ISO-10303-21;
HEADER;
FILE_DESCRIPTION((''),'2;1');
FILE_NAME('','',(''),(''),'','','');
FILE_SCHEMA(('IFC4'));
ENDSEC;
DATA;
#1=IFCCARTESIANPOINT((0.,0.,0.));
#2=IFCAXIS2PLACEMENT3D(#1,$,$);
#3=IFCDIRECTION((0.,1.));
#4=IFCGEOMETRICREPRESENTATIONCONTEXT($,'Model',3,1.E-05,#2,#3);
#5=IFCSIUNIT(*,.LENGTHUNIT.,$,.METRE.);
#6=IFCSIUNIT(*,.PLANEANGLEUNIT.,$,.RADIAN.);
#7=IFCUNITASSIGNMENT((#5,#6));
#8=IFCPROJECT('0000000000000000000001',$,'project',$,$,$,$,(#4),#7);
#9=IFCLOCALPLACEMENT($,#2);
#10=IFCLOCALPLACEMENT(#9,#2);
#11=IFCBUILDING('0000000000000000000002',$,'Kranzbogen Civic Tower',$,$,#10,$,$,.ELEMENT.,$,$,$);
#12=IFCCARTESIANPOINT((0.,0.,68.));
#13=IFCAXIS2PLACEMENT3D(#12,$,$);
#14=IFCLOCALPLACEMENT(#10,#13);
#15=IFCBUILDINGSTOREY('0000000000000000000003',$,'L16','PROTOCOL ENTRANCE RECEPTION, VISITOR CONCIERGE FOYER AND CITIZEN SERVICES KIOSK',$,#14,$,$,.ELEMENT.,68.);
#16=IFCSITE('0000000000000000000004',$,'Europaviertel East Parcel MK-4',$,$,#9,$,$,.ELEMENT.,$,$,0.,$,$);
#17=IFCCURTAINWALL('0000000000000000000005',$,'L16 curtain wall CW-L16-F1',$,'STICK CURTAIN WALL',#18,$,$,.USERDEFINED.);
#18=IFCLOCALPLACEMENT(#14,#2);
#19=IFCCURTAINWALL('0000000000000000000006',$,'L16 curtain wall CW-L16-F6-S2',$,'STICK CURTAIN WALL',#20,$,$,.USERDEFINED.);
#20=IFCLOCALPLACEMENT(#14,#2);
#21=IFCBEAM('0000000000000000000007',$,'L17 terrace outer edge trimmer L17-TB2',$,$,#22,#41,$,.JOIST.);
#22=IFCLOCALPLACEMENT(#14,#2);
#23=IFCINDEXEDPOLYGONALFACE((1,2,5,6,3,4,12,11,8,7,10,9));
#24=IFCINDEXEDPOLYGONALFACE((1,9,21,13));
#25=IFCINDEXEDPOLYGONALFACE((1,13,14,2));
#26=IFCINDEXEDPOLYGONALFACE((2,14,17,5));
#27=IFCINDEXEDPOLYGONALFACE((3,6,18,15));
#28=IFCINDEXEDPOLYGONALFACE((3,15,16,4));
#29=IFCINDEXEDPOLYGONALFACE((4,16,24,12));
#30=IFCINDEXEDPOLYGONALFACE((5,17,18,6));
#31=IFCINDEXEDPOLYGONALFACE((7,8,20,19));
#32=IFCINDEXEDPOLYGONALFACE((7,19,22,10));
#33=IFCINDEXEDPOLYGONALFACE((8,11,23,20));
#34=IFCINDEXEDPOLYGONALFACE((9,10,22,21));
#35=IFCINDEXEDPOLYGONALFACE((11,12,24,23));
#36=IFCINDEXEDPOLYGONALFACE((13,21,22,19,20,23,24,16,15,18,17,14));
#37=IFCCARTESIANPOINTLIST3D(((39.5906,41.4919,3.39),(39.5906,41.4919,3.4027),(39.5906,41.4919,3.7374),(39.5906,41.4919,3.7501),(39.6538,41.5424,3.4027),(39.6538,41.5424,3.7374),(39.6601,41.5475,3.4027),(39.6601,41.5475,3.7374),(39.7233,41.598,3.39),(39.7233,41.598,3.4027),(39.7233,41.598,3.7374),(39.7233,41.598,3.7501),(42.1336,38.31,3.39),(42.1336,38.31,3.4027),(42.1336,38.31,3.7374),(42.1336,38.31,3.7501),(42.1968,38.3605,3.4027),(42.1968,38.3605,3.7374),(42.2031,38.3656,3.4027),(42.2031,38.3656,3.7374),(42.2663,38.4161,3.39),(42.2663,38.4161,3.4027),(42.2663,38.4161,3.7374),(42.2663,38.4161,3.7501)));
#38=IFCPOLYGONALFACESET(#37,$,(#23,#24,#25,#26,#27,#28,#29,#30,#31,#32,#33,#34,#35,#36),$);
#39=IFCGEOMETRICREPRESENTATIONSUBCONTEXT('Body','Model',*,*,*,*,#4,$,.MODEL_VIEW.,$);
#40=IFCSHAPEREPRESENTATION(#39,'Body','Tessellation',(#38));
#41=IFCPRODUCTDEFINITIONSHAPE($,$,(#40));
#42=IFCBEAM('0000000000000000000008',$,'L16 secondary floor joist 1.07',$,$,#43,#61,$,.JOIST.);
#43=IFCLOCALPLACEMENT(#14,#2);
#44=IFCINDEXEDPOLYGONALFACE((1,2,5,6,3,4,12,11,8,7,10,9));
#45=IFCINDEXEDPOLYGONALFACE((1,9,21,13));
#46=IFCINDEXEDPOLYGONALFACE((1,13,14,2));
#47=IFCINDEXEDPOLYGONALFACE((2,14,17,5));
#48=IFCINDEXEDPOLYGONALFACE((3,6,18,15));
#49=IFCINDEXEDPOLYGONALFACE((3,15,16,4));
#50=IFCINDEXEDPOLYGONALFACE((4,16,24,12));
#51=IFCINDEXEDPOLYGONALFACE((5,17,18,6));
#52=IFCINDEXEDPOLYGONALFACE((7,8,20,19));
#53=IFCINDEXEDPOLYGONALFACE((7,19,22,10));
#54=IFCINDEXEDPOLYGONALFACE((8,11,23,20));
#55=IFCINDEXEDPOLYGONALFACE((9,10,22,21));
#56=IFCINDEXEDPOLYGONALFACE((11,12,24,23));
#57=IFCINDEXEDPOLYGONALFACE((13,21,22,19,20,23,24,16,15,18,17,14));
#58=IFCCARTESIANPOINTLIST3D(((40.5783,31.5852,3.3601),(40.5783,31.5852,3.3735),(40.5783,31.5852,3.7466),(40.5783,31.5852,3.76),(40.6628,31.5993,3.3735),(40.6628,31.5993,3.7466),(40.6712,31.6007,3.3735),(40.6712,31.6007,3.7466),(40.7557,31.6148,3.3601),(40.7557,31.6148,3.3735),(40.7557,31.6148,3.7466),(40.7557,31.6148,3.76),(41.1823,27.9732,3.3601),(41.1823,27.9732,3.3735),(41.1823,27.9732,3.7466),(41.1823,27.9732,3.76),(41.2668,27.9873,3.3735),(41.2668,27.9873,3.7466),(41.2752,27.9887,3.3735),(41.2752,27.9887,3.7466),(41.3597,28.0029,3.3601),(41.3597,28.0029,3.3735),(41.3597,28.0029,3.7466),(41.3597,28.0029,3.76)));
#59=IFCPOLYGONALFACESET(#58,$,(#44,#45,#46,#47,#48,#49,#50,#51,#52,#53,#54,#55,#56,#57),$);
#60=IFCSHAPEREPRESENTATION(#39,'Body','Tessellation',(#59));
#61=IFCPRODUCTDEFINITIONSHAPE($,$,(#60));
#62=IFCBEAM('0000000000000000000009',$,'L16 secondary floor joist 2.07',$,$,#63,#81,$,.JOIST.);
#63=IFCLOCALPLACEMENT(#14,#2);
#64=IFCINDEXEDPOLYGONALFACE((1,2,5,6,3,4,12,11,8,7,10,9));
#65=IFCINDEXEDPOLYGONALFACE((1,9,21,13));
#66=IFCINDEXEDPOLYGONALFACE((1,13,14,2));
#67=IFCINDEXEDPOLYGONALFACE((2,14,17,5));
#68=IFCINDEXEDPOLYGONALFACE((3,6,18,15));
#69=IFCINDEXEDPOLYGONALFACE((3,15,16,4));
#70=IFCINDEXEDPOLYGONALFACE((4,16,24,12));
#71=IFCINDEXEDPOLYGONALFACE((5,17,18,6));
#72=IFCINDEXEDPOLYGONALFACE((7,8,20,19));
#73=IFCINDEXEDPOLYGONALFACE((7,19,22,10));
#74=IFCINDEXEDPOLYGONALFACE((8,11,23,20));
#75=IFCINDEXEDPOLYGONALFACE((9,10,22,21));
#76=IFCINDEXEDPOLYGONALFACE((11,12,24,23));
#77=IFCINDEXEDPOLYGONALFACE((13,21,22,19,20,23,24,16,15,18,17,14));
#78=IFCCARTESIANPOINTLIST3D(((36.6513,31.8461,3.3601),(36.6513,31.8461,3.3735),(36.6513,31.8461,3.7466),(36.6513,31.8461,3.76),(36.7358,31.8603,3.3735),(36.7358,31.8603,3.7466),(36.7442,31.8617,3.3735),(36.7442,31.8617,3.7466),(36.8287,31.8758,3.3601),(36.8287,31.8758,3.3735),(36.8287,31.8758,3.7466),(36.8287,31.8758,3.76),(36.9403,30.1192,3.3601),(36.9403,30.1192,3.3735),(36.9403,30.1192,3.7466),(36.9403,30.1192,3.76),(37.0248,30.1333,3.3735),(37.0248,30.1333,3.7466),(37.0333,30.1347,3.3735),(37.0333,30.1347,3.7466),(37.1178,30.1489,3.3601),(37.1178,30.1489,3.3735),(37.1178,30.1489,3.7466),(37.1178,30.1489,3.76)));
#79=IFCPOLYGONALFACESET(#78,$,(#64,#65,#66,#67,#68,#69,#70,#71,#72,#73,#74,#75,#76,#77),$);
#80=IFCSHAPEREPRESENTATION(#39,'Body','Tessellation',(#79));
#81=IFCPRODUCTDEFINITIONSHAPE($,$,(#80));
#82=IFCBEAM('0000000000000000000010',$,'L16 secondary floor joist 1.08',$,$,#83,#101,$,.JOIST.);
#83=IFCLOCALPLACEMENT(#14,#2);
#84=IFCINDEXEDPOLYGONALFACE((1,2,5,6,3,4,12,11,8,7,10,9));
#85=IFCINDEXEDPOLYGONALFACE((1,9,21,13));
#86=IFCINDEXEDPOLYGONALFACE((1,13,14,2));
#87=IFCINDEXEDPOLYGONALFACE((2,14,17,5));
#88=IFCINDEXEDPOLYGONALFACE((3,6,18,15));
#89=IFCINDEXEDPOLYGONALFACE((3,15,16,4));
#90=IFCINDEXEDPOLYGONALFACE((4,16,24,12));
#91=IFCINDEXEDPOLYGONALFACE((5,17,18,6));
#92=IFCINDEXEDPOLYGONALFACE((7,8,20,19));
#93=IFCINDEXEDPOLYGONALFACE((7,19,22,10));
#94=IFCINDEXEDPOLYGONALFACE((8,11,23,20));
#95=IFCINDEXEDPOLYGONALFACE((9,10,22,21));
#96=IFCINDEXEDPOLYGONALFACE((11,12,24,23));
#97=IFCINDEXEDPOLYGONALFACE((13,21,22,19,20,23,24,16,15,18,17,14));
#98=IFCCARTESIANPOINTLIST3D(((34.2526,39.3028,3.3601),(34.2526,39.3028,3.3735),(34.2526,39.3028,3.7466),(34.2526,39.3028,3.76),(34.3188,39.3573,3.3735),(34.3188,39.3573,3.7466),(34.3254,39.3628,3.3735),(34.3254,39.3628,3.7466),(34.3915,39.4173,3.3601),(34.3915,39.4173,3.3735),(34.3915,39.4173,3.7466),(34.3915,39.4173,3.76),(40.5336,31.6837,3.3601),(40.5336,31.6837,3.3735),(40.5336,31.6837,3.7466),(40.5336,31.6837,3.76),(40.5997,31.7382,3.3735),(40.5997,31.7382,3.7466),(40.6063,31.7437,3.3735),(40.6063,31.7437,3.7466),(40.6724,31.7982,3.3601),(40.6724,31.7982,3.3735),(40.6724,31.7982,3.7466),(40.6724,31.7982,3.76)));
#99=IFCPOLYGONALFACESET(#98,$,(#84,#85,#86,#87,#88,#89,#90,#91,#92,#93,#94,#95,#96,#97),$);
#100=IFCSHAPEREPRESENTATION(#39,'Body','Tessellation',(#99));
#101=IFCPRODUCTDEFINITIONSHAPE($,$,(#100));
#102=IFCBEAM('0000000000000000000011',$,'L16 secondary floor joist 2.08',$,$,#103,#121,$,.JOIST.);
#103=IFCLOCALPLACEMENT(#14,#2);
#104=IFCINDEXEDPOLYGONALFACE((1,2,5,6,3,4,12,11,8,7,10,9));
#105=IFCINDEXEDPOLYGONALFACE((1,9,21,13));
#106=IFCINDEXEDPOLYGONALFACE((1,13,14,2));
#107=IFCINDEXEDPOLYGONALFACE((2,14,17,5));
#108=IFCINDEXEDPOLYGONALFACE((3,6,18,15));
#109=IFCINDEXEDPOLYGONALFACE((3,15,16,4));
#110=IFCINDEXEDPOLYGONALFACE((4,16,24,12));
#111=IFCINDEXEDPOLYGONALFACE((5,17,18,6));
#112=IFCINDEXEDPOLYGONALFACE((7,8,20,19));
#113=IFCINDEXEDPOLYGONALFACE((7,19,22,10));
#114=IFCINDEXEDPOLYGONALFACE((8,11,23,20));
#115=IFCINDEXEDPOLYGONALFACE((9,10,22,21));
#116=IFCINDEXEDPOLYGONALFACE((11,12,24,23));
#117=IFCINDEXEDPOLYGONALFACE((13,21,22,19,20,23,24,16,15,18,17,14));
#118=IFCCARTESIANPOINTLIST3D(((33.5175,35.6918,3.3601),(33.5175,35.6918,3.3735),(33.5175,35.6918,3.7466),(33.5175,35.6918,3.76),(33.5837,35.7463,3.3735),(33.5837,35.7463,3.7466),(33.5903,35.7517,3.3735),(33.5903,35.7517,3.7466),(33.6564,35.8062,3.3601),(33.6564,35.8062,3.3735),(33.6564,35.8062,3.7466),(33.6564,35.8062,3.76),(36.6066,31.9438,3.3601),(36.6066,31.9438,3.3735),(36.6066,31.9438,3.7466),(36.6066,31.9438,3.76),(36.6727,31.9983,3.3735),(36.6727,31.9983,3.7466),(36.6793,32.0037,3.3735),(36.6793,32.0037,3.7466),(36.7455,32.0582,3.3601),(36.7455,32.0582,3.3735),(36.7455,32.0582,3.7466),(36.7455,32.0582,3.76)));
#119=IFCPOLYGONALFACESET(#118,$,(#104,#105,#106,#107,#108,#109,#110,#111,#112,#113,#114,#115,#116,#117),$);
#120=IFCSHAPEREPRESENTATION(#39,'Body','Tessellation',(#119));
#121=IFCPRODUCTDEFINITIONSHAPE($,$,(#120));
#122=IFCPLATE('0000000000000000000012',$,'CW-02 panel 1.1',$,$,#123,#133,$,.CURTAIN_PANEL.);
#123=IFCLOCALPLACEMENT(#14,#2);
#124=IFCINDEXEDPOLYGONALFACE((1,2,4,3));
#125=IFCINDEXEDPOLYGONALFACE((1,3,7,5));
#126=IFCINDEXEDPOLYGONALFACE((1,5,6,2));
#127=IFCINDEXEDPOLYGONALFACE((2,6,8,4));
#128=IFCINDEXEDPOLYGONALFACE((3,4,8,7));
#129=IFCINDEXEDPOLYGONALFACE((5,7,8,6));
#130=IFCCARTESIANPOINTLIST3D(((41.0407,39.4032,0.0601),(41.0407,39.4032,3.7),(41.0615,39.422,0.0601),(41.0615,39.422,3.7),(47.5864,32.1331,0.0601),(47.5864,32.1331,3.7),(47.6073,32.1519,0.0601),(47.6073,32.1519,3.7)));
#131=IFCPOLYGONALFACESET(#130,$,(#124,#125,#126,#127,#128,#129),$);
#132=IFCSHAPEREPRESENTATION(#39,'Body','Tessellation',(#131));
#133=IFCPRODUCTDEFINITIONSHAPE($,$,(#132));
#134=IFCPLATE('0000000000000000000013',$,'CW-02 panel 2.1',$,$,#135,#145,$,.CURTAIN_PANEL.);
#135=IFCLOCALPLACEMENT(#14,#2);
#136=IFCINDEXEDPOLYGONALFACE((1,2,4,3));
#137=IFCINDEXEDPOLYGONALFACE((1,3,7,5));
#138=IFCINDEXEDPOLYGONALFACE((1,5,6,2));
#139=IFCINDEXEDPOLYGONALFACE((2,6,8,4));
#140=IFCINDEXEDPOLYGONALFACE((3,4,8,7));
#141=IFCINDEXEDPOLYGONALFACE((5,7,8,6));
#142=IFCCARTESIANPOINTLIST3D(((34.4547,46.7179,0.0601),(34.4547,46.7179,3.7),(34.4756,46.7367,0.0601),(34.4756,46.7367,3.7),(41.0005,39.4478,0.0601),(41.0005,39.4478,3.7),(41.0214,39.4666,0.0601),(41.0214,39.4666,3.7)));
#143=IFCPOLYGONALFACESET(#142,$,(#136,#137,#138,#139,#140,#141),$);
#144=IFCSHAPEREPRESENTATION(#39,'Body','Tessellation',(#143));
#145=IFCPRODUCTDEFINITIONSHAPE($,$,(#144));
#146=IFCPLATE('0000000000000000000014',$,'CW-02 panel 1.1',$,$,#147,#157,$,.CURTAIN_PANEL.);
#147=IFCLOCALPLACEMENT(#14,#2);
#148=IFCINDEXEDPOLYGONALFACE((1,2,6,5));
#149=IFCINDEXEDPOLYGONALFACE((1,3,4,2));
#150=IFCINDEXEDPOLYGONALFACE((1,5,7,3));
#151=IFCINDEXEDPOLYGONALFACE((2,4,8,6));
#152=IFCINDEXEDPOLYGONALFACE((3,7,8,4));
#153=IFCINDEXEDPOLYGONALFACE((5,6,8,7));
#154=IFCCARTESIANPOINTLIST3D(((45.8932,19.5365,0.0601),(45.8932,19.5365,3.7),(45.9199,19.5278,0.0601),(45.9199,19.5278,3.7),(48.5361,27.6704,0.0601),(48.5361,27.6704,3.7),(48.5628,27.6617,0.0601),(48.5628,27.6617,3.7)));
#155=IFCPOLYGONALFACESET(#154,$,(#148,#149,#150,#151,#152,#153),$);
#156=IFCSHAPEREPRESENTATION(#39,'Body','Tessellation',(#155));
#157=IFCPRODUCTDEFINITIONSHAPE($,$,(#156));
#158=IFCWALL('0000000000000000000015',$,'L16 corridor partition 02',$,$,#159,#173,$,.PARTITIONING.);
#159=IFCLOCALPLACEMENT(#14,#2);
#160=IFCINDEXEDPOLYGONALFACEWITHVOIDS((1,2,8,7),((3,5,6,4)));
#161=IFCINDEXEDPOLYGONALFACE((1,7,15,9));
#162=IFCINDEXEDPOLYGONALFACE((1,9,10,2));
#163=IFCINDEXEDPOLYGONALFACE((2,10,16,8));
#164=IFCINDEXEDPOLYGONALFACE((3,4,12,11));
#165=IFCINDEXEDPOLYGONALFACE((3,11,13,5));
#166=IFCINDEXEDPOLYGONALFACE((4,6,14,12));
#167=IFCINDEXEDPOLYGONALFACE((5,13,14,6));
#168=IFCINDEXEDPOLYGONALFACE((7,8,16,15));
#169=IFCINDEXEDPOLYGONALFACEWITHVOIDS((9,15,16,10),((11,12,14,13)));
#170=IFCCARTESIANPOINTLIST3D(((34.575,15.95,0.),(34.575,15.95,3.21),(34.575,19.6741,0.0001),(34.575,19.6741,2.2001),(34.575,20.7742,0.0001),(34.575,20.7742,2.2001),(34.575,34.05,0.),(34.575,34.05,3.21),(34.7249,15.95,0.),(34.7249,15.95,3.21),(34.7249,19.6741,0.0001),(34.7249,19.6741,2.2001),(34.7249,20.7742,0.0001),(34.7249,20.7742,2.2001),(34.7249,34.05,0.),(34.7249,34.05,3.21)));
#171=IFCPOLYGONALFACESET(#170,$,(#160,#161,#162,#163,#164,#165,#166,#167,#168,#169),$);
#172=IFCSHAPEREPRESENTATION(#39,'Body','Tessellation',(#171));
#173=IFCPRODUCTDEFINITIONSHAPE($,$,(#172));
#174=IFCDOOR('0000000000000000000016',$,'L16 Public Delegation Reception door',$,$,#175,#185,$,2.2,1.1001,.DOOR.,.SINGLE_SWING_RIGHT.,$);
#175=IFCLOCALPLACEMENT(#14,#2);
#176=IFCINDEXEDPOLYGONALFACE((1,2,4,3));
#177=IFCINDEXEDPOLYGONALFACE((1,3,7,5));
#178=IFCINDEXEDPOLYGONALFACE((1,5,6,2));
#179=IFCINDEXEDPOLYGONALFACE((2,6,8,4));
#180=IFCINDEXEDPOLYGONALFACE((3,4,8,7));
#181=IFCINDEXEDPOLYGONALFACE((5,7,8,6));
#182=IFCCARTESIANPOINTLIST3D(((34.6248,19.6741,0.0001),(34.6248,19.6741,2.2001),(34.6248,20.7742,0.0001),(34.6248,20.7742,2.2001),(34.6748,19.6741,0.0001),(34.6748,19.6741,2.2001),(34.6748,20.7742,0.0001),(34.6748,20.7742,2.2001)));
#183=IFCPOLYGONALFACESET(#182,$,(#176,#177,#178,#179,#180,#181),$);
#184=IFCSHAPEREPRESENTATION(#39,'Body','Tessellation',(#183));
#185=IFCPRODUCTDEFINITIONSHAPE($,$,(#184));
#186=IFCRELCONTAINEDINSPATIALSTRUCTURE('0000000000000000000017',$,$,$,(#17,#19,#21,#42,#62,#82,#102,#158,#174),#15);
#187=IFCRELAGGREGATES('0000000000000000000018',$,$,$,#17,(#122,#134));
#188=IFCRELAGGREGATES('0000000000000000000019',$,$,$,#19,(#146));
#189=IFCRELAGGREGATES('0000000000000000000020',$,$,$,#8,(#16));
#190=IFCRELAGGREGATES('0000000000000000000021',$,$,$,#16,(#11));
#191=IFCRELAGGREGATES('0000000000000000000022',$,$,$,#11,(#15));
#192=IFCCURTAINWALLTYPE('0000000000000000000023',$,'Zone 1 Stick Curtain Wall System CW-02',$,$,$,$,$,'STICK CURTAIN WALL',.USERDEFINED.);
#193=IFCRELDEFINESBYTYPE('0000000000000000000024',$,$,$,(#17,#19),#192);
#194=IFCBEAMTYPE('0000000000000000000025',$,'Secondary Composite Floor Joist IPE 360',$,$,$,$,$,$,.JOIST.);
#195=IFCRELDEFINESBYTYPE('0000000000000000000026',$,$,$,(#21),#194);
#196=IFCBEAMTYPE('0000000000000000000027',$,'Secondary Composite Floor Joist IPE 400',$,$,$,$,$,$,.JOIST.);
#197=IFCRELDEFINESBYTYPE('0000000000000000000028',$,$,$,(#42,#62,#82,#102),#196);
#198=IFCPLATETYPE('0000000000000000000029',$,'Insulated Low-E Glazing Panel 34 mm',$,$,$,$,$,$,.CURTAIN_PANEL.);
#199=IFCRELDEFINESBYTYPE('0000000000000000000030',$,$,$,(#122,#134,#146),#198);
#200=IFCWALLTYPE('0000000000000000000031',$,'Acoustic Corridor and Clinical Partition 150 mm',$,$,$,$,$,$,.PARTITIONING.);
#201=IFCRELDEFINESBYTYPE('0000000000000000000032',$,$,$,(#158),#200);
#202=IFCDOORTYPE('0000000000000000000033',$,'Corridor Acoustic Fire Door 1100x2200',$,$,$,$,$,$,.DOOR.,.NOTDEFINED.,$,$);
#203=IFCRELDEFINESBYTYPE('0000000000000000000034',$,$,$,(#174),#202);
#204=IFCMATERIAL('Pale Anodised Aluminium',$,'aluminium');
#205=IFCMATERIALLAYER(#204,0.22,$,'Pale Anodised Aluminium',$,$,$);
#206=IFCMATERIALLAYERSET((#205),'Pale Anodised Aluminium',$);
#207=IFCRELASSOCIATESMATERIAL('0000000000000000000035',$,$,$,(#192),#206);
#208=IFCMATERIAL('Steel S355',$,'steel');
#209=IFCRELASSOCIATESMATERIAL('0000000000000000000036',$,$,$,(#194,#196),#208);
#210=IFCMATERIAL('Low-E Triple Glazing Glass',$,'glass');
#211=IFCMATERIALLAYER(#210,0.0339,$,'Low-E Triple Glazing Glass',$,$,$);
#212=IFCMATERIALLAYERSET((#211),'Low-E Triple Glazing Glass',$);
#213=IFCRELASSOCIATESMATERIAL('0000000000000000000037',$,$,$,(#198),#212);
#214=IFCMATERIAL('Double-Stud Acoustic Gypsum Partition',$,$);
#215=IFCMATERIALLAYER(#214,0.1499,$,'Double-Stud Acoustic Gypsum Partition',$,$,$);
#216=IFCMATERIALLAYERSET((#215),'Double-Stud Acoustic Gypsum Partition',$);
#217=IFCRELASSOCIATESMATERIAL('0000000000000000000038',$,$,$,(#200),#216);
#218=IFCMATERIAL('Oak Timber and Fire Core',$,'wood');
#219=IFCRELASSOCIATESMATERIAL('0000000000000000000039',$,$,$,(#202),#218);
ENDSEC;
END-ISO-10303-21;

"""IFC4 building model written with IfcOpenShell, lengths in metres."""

from ifc_helpers import new_model, si_unit, direction, frame, frame_2d, origin, origin_2d, place, context, subcontext, project, spatial, rectangle, i_section, extrude, material, layer, layer_set, material_profile, profile_set, type_object, element, fill, aggregate, save


model = new_model("IFC4")

# Units and contexts
model_context = context("Model", 3, precision=1e-05, world=origin(), true_north=direction((0.0, 1.0)))
body_context = subcontext(model_context, "Body", "Model", "MODEL_VIEW")
ifc_project = project(units=[si_unit("LENGTHUNIT", "METRE"), si_unit("PLANEANGLEUNIT", "RADIAN")], contexts=[model_context])

# Site, building, storey
site_placement = place(None, origin())
site = spatial("IfcSite", under=ifc_project, at=site_placement, Name="Europaviertel East Parcel MK-4", CompositionType="ELEMENT", RefElevation=0.0)
building_placement = place(site_placement, origin())
building = spatial("IfcBuilding", under=site, at=building_placement, Name="Kranzbogen Civic Tower", CompositionType="ELEMENT")
storey_placement = place(building_placement, frame((0.0, 0.0, 68.0)))
storey = spatial("IfcBuildingStorey", under=building, at=storey_placement, Name="L16", Description="PROTOCOL ENTRANCE RECEPTION, VISITOR CONCIERGE FOYER AND CITIZEN SERVICES KIOSK", CompositionType="ELEMENT", Elevation=68.0)

# Shared definitions
ifc_material_1 = material(Name="Steel S355", Category="steel")

# Curtain wall
ifc_material_2 = material(Name="Pale Anodised Aluminium", Category="aluminium")
ifc_layer_1 = layer(ifc_material_2, 0.22, Name="Pale Anodised Aluminium")
ifc_layer_set_1 = layer_set([ifc_layer_1], Name="Pale Anodised Aluminium")
curtain_wall_type = type_object("IfcCurtainWallType", Name="Zone 1 Stick Curtain Wall System CW-02", ElementType="STICK CURTAIN WALL", PredefinedType="USERDEFINED", material=ifc_layer_set_1)
curtain_wall_1_placement = place(storey_placement, origin())
curtain_wall_1 = element("IfcCurtainWall", 1, at=curtain_wall_1_placement, inside=storey, type_object=curtain_wall_type, Name="L16 curtain wall CW-L16-F1", ObjectType="STICK CURTAIN WALL", PredefinedType="USERDEFINED")

# Curtain wall
curtain_wall_2_placement = place(storey_placement, origin())
curtain_wall_2 = element("IfcCurtainWall", 2, at=curtain_wall_2_placement, inside=storey, type_object=curtain_wall_type, Name="L16 curtain wall CW-L16-F6-S2", ObjectType="STICK CURTAIN WALL", PredefinedType="USERDEFINED")

# Beams
ifc_material_profile_1 = material_profile(ifc_material_1, i_section(OverallWidth=0.1699, OverallDepth=0.3601, WebThickness=0.0081, FlangeThickness=0.0127, at=origin_2d()), Name="IPE 360")
ifc_profile_set_1 = profile_set([ifc_material_profile_1], Name="Steel S355")
beam_type_1 = type_object("IfcBeamType", Name="Secondary Composite Floor Joist IPE 360", PredefinedType="JOIST", material=ifc_profile_set_1)
beam_1_placement = place(storey_placement, frame((42.2, 38.363, 3.5701), z_axis=(-0.624315, 0.781173, 0.0), x_axis=(-0.781173, -0.624315, 0.0)))
element("IfcBeam", 3, at=beam_1_placement, inside=storey, type_object=beam_type_1, Name="L17 terrace outer edge trimmer L17-TB2", PredefinedType="JOIST", context=body_context, shape_type="SweptSolid", body=[
    extrude(i_section(OverallWidth=0.1699, OverallDepth=0.3601, WebThickness=0.0081, FlangeThickness=0.0127, at=origin_2d()), origin(), (0.0, 0.0, 1.0), 4.0732),
])
ifc_material_profile_2 = material_profile(ifc_material_1, i_section(OverallWidth=0.1799, OverallDepth=0.3999, WebThickness=0.0085, FlangeThickness=0.0134, at=origin_2d()), Name="IPE 400")
ifc_profile_set_2 = profile_set([ifc_material_profile_2], Name="Steel S355")
beam_type_2 = type_object("IfcBeamType", Name="Secondary Composite Floor Joist IPE 400", PredefinedType="JOIST", material=ifc_profile_set_2)
beam_2_placement = place(storey_placement, frame((41.271, 27.988, 3.5601), z_axis=(-0.164929, 0.986305, 0.0), x_axis=(-0.986305, -0.164929, 0.0)))
element("IfcBeam", 4, at=beam_2_placement, inside=storey, type_object=beam_type_2, Name="L16 secondary floor joist 1.07", PredefinedType="JOIST", context=body_context, shape_type="SweptSolid", body=[
    extrude(i_section(OverallWidth=0.1799, OverallDepth=0.3999, WebThickness=0.0085, FlangeThickness=0.0134, at=origin_2d()), origin(), (0.0, 0.0, 1.0), 3.6621),
])
beam_3_placement = place(storey_placement, frame((37.0291, 30.134, 3.5601), z_axis=(-0.165077, 0.986281, 0.0), x_axis=(-0.986281, -0.165077, 0.0)))
element("IfcBeam", 5, at=beam_3_placement, inside=storey, type_object=beam_type_2, Name="L16 secondary floor joist 2.07", PredefinedType="JOIST", context=body_context, shape_type="SweptSolid", body=[
    extrude(i_section(OverallWidth=0.1799, OverallDepth=0.3999, WebThickness=0.0085, FlangeThickness=0.0134, at=origin_2d()), origin(), (0.0, 0.0, 1.0), 1.751),
])
beam_4_placement = place(storey_placement, frame((40.603, 31.741, 3.5601), z_axis=(-0.636095, 0.771611, 0.0), x_axis=(-0.771611, -0.636095, 0.0)))
element("IfcBeam", 6, at=beam_4_placement, inside=storey, type_object=beam_type_2, Name="L16 secondary floor joist 1.08", PredefinedType="JOIST", context=body_context, shape_type="SweptSolid", body=[
    extrude(i_section(OverallWidth=0.1799, OverallDepth=0.3999, WebThickness=0.0085, FlangeThickness=0.0134, at=origin_2d()), origin(), (0.0, 0.0, 1.0), 9.8743),
])
beam_5_placement = place(storey_placement, frame((36.676, 32.001, 3.5601), z_axis=(-0.636012, 0.771679, 0.0), x_axis=(-0.771679, -0.636012, 0.0)))
element("IfcBeam", 7, at=beam_5_placement, inside=storey, type_object=beam_type_2, Name="L16 secondary floor joist 2.08", PredefinedType="JOIST", context=body_context, shape_type="SweptSolid", body=[
    extrude(i_section(OverallWidth=0.1799, OverallDepth=0.3999, WebThickness=0.0085, FlangeThickness=0.0134, at=origin_2d()), origin(), (0.0, 0.0, 1.0), 4.8569),
])

# Plates
ifc_material_3 = material(Name="Low-E Triple Glazing Glass", Category="glass")
ifc_layer_2 = layer(ifc_material_3, 0.0339, Name="Low-E Triple Glazing Glass")
ifc_layer_set_2 = layer_set([ifc_layer_2], Name="Low-E Triple Glazing Glass")
plate_type = type_object("IfcPlateType", Name="Insulated Low-E Glazing Panel 34 mm", PredefinedType="CURTAIN_PANEL", material=ifc_layer_set_2)
plate_1_placement = place(storey_placement, frame((44.324, 35.7776, 0.0601), z_axis=(0.0, 0.0, 1.0), x_axis=(-0.669116, 0.743158, 0.0)))
plate_1 = element("IfcPlate", 8, at=plate_1_placement, type_object=plate_type, Name="CW-02 panel 1.1", PredefinedType="CURTAIN_PANEL", context=body_context, shape_type="SweptSolid", body=[
    extrude(rectangle(XDim=9.7827, YDim=0.0281, at=origin_2d()), origin(), (0.0, 0.0, 1.0), 3.6399),
])
plate_2_placement = place(storey_placement, frame((37.738, 43.0923, 0.0601), z_axis=(0.0, 0.0, 1.0), x_axis=(-0.669116, 0.743158, 0.0)))
plate_2 = element("IfcPlate", 9, at=plate_2_placement, type_object=plate_type, Name="CW-02 panel 2.1", PredefinedType="CURTAIN_PANEL", context=body_context, shape_type="SweptSolid", body=[
    extrude(rectangle(XDim=9.7827, YDim=0.0281, at=origin_2d()), origin(), (0.0, 0.0, 1.0), 3.6399),
])
aggregate(curtain_wall_1, [plate_1, plate_2])
plate_3_placement = place(storey_placement, frame((47.228, 23.5991, 0.0601), z_axis=(0.0, 0.0, 1.0), x_axis=(0.309023, 0.951054, 0.0)))
plate_3 = element("IfcPlate", 10, at=plate_3_placement, type_object=plate_type, Name="CW-02 panel 1.1", PredefinedType="CURTAIN_PANEL", context=body_context, shape_type="SweptSolid", body=[
    extrude(rectangle(XDim=8.5525, YDim=0.0281, at=origin_2d()), origin(), (0.0, 0.0, 1.0), 3.6399),
])
aggregate(curtain_wall_2, [plate_3])

# Wall, opening, door
ifc_material_4 = material(Name="Double-Stud Acoustic Gypsum Partition")
ifc_layer_3 = layer(ifc_material_4, 0.1499, Name="Double-Stud Acoustic Gypsum Partition")
ifc_layer_set_3 = layer_set([ifc_layer_3], Name="Double-Stud Acoustic Gypsum Partition")
wall_type_1 = type_object("IfcWallType", Name="Acoustic Corridor and Clinical Partition 150 mm", PredefinedType="PARTITIONING", material=ifc_layer_set_3)
wall_1_placement = place(storey_placement, frame((34.6499, 34.05, 0.0), z_axis=(0.0, 0.0, 1.0), x_axis=(0.0, -1.0, 0.0)))
wall_1 = element("IfcWall", 11, at=wall_1_placement, inside=storey, type_object=wall_type_1, Name="L16 corridor partition 02", PredefinedType="PARTITIONING", context=body_context, shape_type="SweptSolid", body=[
    extrude(rectangle(XDim=18.1001, YDim=0.1499, at=frame_2d((9.05, 0.0))), origin(), (0.0, 0.0, 1.0), 3.21),
])
opening_placement = place(wall_1_placement, frame((13.2759, 0.0, 0.0)))
opening = element("IfcOpeningElement", 12, at=opening_placement, cuts=wall_1, PredefinedType="OPENING", context=body_context, shape_type="SweptSolid", body=[
    extrude(rectangle(XDim=1.1001, YDim=2.2, at=frame_2d((0.55, 1.1001))), frame((0.0, 0.085, 0.0), z_axis=(0.0, -1.0, 0.0), x_axis=(1.0, 0.0, 0.0)), (0.0, 0.0, 1.0), 0.1699),
])
ifc_material_5 = material(Name="Oak Timber and Fire Core", Category="wood")
door_type = type_object("IfcDoorType", Name="Corridor Acoustic Fire Door 1100x2200", OperationType="NOTDEFINED", PredefinedType="DOOR", material=ifc_material_5)
door_placement = place(opening_placement, origin())
door = element("IfcDoor", 13, at=door_placement, inside=storey, type_object=door_type, Name="L16 Public Delegation Reception door", OperationType="SINGLE_SWING_RIGHT", OverallHeight=2.2, OverallWidth=1.1001, PredefinedType="DOOR", context=body_context, shape_type="SweptSolid", body=[
    extrude(rectangle(XDim=1.1001, YDim=2.2, at=frame_2d((0.55, 1.1001))), frame((0.0, 0.0249, 0.0), z_axis=(0.0, -1.0, 0.0), x_axis=(1.0, 0.0, 0.0)), (0.0, 0.0, 1.0), 0.05),
])
fill(opening, door)

save(model, "model.ifc")
